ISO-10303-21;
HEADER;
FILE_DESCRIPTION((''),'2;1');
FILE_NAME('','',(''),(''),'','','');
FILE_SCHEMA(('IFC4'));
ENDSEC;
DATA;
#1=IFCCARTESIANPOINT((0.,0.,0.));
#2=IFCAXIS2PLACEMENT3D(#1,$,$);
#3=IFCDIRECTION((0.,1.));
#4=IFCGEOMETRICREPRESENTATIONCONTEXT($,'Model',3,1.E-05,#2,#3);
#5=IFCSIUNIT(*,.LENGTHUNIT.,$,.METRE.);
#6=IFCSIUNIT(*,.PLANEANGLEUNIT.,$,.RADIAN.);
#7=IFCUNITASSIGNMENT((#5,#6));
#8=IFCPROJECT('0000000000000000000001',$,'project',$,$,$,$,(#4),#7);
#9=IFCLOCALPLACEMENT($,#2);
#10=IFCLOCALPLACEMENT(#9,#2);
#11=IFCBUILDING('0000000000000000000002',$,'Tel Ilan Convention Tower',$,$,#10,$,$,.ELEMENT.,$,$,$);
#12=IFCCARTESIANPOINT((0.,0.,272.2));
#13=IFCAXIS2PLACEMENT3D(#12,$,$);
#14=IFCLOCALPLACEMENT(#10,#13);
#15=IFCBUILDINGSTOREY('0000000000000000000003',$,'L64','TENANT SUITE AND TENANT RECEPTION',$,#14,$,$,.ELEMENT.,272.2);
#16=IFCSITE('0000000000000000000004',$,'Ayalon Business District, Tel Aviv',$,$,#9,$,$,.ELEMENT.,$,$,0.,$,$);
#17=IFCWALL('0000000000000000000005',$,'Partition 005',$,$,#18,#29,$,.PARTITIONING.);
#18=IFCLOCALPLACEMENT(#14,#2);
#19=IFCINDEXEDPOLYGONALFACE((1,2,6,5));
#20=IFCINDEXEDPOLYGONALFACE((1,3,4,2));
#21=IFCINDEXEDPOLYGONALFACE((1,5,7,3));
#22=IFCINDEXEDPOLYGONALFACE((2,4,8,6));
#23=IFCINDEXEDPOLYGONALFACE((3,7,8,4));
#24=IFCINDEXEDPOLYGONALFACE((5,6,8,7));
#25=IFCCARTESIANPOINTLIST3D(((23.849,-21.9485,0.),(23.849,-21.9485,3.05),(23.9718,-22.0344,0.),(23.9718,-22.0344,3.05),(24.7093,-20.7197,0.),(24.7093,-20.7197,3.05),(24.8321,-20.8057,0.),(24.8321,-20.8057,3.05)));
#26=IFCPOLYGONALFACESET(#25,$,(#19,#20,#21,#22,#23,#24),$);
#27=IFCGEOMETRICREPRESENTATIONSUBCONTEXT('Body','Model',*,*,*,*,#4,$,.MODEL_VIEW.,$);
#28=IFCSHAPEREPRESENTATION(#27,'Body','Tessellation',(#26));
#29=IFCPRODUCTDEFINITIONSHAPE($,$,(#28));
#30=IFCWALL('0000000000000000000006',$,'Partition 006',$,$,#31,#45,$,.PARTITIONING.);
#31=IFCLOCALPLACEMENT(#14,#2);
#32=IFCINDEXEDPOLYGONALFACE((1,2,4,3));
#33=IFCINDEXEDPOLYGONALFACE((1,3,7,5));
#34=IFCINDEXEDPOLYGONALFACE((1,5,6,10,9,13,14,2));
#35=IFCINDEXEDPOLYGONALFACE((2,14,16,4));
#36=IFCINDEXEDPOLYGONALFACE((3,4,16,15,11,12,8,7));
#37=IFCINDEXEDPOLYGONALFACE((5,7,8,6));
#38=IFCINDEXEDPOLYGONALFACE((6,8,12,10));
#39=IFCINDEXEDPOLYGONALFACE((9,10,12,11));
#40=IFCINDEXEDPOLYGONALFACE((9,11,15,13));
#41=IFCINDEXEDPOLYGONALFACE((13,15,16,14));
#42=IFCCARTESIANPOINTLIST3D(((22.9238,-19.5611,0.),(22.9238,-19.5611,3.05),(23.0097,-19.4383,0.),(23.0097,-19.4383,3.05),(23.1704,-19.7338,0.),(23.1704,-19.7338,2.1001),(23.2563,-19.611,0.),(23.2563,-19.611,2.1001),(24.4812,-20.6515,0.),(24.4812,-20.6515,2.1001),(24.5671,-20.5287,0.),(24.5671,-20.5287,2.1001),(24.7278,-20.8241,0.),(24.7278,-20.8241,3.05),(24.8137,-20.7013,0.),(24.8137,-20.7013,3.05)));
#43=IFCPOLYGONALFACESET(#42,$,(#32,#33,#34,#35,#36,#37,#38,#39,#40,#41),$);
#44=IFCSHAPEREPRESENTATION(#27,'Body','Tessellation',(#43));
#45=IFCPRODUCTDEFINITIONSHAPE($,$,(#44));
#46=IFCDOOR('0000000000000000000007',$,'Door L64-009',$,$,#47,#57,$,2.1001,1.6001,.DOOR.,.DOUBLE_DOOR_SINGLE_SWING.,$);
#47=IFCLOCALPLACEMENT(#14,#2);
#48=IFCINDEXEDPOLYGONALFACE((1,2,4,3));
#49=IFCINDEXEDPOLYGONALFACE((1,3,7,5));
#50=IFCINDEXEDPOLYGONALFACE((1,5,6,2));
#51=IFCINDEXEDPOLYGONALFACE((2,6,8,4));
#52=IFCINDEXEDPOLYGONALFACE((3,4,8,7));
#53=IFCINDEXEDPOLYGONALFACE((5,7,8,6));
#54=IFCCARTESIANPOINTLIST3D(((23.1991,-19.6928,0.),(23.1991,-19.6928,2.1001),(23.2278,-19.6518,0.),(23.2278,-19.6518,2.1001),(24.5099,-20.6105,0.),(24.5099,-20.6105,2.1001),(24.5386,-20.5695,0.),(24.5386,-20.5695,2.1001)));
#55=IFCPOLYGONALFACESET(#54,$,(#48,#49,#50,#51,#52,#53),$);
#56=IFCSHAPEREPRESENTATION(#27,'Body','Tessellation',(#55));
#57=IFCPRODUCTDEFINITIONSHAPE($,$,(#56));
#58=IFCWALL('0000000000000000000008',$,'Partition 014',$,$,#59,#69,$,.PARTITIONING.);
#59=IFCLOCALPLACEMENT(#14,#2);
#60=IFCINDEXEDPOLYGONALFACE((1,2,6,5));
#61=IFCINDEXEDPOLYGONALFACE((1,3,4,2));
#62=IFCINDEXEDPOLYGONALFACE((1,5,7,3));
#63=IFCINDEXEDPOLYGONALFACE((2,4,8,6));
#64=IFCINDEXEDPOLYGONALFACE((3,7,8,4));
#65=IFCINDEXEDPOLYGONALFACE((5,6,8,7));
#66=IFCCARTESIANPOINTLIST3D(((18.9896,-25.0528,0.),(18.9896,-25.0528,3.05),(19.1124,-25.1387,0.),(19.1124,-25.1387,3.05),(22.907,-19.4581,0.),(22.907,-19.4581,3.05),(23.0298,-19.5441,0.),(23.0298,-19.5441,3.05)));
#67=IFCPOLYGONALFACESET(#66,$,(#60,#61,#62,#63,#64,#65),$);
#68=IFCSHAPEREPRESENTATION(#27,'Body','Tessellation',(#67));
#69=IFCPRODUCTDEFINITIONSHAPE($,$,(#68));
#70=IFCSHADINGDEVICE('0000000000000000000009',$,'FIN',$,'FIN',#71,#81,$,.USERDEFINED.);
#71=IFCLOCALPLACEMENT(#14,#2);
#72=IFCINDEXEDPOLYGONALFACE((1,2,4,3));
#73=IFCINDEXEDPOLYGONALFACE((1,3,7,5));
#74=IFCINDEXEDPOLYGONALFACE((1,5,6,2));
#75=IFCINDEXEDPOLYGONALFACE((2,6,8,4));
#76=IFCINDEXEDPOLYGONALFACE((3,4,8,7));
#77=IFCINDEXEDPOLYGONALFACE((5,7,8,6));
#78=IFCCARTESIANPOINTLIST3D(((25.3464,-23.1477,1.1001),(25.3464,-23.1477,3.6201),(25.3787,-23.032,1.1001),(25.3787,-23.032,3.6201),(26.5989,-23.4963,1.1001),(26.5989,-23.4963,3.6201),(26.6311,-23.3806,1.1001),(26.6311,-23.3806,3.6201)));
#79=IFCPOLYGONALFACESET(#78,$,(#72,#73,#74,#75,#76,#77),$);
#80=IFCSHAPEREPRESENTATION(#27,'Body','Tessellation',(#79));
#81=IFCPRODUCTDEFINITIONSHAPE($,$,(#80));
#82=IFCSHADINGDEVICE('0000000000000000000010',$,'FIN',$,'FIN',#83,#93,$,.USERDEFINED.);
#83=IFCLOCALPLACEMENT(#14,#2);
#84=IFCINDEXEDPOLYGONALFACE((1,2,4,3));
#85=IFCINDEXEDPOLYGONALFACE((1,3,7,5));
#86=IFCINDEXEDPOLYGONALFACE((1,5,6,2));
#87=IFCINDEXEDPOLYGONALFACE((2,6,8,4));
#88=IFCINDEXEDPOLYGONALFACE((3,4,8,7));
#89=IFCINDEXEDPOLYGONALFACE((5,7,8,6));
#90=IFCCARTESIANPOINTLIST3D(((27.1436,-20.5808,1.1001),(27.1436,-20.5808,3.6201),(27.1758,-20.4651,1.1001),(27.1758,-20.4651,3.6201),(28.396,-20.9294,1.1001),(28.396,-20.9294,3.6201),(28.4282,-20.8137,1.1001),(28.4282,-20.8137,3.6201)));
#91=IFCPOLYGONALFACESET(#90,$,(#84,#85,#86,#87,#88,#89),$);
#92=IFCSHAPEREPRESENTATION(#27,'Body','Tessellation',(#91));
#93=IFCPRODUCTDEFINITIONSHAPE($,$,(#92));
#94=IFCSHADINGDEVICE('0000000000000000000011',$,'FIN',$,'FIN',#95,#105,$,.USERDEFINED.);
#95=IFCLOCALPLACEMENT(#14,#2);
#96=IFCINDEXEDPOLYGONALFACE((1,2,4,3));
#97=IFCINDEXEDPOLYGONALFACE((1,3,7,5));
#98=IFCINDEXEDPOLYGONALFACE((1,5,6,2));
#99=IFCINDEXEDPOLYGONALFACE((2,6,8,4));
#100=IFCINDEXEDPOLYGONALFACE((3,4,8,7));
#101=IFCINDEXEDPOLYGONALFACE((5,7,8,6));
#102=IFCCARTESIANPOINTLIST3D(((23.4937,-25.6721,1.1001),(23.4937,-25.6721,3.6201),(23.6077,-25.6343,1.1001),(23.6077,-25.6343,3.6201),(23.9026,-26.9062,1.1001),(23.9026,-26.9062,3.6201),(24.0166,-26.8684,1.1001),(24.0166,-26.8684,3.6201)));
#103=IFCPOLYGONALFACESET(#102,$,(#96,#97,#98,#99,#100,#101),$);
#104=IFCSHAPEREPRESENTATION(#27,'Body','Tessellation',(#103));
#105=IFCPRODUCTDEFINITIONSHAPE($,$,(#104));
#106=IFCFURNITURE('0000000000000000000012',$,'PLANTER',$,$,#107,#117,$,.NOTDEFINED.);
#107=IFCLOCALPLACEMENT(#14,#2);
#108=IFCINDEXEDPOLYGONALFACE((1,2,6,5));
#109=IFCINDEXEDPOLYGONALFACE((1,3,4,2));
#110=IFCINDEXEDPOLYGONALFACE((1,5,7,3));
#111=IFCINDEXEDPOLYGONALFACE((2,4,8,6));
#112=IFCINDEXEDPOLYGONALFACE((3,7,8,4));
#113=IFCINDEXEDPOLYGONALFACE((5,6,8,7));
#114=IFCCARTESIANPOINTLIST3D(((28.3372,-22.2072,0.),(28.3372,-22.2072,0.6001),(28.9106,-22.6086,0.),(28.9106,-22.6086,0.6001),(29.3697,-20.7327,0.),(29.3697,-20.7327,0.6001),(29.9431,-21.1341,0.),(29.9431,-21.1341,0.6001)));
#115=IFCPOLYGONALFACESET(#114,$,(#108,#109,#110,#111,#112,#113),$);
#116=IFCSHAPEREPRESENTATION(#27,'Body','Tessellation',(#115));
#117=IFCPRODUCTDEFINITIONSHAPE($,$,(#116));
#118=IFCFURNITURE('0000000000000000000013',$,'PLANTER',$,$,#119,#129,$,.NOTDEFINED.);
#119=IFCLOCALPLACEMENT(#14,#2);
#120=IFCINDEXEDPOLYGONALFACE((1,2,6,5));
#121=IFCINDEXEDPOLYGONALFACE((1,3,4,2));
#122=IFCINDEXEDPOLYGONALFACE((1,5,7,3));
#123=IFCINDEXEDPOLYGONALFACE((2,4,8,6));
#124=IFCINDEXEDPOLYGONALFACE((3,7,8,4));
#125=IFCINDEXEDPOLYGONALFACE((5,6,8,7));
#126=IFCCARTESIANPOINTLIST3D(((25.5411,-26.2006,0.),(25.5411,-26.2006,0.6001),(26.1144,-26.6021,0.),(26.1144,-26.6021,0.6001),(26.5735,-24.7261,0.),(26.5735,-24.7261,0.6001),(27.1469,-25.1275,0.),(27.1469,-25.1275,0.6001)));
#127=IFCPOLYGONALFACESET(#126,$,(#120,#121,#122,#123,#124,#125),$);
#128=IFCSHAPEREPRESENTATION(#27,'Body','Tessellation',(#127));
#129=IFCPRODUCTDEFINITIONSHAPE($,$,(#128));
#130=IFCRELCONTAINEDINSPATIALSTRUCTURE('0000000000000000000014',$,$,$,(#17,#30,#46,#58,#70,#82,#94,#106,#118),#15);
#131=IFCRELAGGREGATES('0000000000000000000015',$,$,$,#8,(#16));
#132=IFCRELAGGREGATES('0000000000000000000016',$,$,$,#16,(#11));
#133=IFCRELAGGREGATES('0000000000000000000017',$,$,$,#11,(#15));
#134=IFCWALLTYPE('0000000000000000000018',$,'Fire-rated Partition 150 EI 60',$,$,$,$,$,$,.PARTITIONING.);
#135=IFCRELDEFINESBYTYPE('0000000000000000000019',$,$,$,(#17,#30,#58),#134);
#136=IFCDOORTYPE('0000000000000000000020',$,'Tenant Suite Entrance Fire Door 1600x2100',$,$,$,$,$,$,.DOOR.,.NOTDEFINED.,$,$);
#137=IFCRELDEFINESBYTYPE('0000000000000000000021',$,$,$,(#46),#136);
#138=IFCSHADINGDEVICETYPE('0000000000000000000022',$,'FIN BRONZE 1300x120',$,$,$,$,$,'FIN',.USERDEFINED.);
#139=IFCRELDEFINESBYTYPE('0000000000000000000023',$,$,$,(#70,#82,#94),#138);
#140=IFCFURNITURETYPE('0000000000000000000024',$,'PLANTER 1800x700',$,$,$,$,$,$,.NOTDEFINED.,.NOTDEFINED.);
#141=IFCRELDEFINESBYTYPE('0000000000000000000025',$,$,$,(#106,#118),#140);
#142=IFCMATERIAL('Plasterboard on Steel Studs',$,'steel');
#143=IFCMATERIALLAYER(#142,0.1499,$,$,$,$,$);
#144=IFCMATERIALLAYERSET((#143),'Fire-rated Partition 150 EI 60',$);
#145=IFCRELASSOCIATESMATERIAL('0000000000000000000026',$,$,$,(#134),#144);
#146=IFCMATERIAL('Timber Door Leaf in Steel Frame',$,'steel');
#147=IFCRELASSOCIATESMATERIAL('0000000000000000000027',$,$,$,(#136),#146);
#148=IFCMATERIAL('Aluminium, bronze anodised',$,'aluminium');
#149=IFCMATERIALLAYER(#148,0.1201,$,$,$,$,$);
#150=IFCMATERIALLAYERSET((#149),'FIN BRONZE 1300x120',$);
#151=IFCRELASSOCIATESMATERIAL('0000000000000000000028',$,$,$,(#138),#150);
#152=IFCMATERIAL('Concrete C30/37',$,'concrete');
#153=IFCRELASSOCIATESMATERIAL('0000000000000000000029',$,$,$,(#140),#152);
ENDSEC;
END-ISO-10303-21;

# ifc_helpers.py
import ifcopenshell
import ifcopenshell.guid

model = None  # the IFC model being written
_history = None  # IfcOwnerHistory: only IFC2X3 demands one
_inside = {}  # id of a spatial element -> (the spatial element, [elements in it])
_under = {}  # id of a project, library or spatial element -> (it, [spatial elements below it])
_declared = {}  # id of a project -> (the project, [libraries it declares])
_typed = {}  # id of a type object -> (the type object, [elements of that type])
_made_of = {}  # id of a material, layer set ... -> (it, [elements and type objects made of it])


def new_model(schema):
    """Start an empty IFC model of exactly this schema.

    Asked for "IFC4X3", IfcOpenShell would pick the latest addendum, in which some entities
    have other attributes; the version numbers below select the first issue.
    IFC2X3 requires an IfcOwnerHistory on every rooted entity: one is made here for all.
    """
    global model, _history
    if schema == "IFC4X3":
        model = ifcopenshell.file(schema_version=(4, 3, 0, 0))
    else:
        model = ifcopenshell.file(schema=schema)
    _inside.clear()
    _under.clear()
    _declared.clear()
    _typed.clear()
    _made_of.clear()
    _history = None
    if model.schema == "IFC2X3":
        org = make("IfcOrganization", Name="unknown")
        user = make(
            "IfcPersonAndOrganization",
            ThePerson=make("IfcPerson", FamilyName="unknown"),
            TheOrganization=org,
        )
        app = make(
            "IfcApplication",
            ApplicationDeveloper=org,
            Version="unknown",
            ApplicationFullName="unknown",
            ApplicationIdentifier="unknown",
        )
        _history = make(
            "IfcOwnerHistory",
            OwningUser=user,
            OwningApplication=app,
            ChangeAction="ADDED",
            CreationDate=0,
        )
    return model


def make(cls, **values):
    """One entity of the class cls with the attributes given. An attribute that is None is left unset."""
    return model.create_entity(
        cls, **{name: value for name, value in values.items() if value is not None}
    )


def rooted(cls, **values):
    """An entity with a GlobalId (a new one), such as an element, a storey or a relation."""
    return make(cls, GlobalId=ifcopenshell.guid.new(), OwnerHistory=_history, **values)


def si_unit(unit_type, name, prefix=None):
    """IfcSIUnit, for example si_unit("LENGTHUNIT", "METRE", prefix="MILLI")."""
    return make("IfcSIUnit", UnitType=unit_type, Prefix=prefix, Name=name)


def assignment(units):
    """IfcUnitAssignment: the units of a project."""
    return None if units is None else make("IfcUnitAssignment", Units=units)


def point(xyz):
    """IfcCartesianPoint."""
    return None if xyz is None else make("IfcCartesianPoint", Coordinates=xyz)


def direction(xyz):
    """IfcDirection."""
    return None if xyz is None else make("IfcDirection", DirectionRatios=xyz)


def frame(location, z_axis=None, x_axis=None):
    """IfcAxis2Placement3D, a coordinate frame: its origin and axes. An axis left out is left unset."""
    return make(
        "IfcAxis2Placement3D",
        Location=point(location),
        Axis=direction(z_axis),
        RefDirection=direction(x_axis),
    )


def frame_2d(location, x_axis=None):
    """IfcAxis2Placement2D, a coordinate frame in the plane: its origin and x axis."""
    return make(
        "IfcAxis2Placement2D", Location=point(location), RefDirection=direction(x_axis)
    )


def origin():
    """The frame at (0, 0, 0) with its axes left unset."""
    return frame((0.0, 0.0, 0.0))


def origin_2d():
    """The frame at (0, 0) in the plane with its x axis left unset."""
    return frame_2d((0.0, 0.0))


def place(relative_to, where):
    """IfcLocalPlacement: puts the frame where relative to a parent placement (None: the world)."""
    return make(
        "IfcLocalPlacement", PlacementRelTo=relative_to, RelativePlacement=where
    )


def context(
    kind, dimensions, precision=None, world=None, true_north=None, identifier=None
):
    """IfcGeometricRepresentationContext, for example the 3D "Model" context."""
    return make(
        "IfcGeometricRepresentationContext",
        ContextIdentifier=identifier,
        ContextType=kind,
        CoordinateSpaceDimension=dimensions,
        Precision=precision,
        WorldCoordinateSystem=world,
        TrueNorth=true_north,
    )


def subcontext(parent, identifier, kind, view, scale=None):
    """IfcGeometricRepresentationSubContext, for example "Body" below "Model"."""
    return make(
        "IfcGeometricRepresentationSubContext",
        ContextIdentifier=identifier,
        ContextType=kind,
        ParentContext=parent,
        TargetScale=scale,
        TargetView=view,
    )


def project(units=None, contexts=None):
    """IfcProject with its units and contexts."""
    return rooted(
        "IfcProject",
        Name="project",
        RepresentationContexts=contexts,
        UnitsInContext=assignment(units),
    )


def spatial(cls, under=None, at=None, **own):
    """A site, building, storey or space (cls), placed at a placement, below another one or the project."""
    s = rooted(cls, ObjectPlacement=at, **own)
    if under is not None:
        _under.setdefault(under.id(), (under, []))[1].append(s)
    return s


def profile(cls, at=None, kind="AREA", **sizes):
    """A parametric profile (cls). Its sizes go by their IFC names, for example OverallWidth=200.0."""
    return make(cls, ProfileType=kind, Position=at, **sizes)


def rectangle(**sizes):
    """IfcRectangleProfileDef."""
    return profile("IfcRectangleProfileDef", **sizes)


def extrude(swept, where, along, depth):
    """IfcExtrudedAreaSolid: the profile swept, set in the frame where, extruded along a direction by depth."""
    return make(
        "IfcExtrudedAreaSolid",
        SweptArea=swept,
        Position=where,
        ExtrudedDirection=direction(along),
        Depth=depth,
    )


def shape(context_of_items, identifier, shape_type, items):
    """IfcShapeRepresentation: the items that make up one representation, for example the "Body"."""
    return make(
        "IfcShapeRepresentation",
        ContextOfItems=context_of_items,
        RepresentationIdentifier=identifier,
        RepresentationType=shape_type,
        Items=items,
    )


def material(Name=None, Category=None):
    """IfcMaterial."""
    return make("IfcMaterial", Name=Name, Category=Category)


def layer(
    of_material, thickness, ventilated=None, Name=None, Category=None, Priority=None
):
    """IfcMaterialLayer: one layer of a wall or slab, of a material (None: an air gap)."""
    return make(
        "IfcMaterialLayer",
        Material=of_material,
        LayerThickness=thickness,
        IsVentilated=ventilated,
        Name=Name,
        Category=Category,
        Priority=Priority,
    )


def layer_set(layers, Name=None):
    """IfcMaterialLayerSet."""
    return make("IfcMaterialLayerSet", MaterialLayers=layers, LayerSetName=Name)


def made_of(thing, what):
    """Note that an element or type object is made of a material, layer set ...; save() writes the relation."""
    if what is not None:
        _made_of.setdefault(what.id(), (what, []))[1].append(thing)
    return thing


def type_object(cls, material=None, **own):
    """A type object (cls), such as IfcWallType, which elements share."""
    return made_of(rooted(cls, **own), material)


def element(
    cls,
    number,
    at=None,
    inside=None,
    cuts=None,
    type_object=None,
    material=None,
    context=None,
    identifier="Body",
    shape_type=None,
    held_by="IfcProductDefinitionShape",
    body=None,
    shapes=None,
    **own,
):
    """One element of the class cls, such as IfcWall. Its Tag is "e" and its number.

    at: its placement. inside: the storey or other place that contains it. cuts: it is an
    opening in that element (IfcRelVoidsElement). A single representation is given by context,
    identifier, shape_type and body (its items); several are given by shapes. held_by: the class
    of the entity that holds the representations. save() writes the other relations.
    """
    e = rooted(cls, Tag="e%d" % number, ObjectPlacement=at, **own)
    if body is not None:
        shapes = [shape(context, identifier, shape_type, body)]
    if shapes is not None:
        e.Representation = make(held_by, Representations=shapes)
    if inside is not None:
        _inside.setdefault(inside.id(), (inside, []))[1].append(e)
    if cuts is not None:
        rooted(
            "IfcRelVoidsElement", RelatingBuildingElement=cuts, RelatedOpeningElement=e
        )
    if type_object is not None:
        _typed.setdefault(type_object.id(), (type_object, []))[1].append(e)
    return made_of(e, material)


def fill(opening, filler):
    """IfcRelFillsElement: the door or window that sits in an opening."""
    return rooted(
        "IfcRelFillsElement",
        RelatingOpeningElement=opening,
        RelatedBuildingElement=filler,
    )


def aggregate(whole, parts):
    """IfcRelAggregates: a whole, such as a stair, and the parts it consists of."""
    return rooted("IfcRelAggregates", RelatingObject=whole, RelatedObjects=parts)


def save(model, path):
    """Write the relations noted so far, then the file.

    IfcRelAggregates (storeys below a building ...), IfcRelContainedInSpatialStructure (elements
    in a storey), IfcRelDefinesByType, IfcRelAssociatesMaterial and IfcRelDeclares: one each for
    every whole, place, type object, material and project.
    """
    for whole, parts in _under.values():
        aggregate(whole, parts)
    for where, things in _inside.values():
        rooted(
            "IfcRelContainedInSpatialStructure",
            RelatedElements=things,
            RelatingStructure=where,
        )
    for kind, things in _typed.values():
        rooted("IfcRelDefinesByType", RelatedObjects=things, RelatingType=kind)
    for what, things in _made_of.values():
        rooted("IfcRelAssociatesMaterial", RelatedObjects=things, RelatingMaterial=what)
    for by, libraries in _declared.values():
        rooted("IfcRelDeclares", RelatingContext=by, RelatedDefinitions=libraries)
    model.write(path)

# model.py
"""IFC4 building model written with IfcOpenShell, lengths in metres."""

from ifc_helpers import new_model, si_unit, direction, frame, frame_2d, origin, origin_2d, place, context, subcontext, project, spatial, rectangle, extrude, material, layer, layer_set, type_object, element, fill, save


model = new_model("IFC4")

# Units and contexts
model_context = context("Model", 3, precision=1e-05, world=origin(), true_north=direction((0.0, 1.0)))
body_context = subcontext(model_context, "Body", "Model", "MODEL_VIEW")
ifc_project = project(units=[si_unit("LENGTHUNIT", "METRE"), si_unit("PLANEANGLEUNIT", "RADIAN")], contexts=[model_context])

# Site, building, storey
site_placement = place(None, origin())
site = spatial("IfcSite", under=ifc_project, at=site_placement, Name="Ayalon Business District, Tel Aviv", CompositionType="ELEMENT", RefElevation=0.0)
building_placement = place(site_placement, origin())
building = spatial("IfcBuilding", under=site, at=building_placement, Name="Tel Ilan Convention Tower", CompositionType="ELEMENT")
storey_placement = place(building_placement, frame((0.0, 0.0, 272.2)))
storey = spatial("IfcBuildingStorey", under=building, at=storey_placement, Name="L64", Description="TENANT SUITE AND TENANT RECEPTION", CompositionType="ELEMENT", Elevation=272.2)

# Shared definitions
ifc_material_1 = material(Name="Plasterboard on Steel Studs", Category="steel")
ifc_layer_1 = layer(ifc_material_1, 0.1499)
ifc_layer_set_1 = layer_set([ifc_layer_1], Name="Fire-rated Partition 150 EI 60")
wall_type_1 = type_object("IfcWallType", Name="Fire-rated Partition 150 EI 60", PredefinedType="PARTITIONING", material=ifc_layer_set_1)
ifc_material_2 = material(Name="Timber Door Leaf in Steel Frame", Category="steel")
door_type_1 = type_object("IfcDoorType", Name="Tenant Suite Entrance Fire Door 1600x2100", OperationType="NOTDEFINED", PredefinedType="DOOR", material=ifc_material_2)

# Wall
wall_1_placement = place(storey_placement, frame((23.9104, -21.9915, 0.0), z_axis=(0.0, 0.0, 1.0), x_axis=(0.573561, 0.819163, 0.0)))
element("IfcWall", 1, at=wall_1_placement, inside=storey, type_object=wall_type_1, Name="Partition 005", PredefinedType="PARTITIONING", context=body_context, shape_type="SweptSolid", body=[
    extrude(rectangle(XDim=1.5, YDim=0.1499, at=frame_2d((0.75, 0.0))), origin(), (0.0, 0.0, 1.0), 3.05),
])

# Wall, opening, door
wall_2_placement = place(storey_placement, frame((24.7708, -20.7627, 0.0), z_axis=(0.0, 0.0, 1.0), x_axis=(-0.819195, 0.573514, 0.0)))
wall_2 = element("IfcWall", 2, at=wall_2_placement, inside=storey, type_object=wall_type_1, Name="Partition 006", PredefinedType="PARTITIONING", context=body_context, shape_type="SweptSolid", body=[
    extrude(rectangle(XDim=2.2021, YDim=0.1499, at=frame_2d((1.1011, 0.0))), origin(), (0.0, 0.0, 1.0), 3.05),
])
opening_1_placement = place(wall_2_placement, frame((0.301, 0.0, 0.0)))
opening_1 = element("IfcOpeningElement", 3, at=opening_1_placement, cuts=wall_2, PredefinedType="OPENING", context=body_context, shape_type="SweptSolid", body=[
    extrude(rectangle(XDim=1.6001, YDim=2.1001, at=frame_2d((0.8, 1.05))), frame((0.0, 0.085, 0.0), z_axis=(0.0, -1.0, 0.0), x_axis=(1.0, 0.0, 0.0)), (0.0, 0.0, 1.0), 0.1699),
])
door_1_placement = place(opening_1_placement, origin())
door_1 = element("IfcDoor", 4, at=door_1_placement, inside=storey, type_object=door_type_1, Name="Door L64-009", OperationType="DOUBLE_DOOR_SINGLE_SWING", OverallHeight=2.1001, OverallWidth=1.6001, PredefinedType="DOOR", context=body_context, shape_type="SweptSolid", body=[
    extrude(rectangle(XDim=1.6001, YDim=2.1001, at=frame_2d((0.8, 1.05))), frame((0.0, 0.0249, 0.0), z_axis=(0.0, -1.0, 0.0), x_axis=(1.0, 0.0, 0.0)), (0.0, 0.0, 1.0), 0.05),
])
fill(opening_1, door_1)

# Wall
wall_3_placement = place(storey_placement, frame((22.9685, -19.501, 0.0), z_axis=(0.0, 0.0, 1.0), x_axis=(-0.573577, -0.819151, 0.0)))
element("IfcWall", 5, at=wall_3_placement, inside=storey, type_object=wall_type_1, Name="Partition 014", PredefinedType="PARTITIONING", context=body_context, shape_type="SweptSolid", body=[
    extrude(rectangle(XDim=6.8298, YDim=0.1499, at=frame_2d((3.415, 0.0))), origin(), (0.0, 0.0, 1.0), 3.05),
])

# Shading devices
ifc_material_3 = material(Name="Aluminium, bronze anodised", Category="aluminium")
ifc_layer_2 = layer(ifc_material_3, 0.1201)
ifc_layer_set_2 = layer_set([ifc_layer_2], Name="FIN BRONZE 1300x120")
shading_device_type = type_object("IfcShadingDeviceType", Name="FIN BRONZE 1300x120", ElementType="FIN", PredefinedType="USERDEFINED", material=ifc_layer_set_2)
for number, where, z_axis, x_axis, name in (
    (6, (25.9888, -23.2642, 1.1001), (0.0, 0.0, 1.0), (0.963371, -0.268173, 0.0), "FIN"),
    (7, (27.7859, -20.6973, 1.1001), (0.0, 0.0, 1.0), (0.963371, -0.268173, 0.0), "FIN"),
    (8, (23.7551, -26.2703, 1.1001), (0.0, 0.0, 1.0), (0.314545, -0.949243, 0.0), "FIN"),
):
    element("IfcShadingDevice", number, at=place(storey_placement, frame(where, z_axis=z_axis, x_axis=x_axis)), inside=storey, type_object=shading_device_type, Name=name, ObjectType="FIN", PredefinedType="USERDEFINED", context=body_context, shape_type="SweptSolid", body=[
        extrude(rectangle(XDim=1.3, YDim=0.1201, at=origin_2d()), origin(), (0.0, 0.0, 1.0), 2.52),
    ])

# Furniture
ifc_material_4 = material(Name="Concrete C30/37", Category="concrete")
furniture_type = type_object("IfcFurnitureType", Name="PLANTER 1800x700", AssemblyPlace="NOTDEFINED", PredefinedType="NOTDEFINED", material=ifc_material_4)
for number, where, z_axis, x_axis, name in (
    (9, (29.1401, -21.6707, 0.0), (0.0, 0.0, 1.0), (-0.573576, -0.819152, 0.0), "PLANTER"),
    (10, (26.344, -25.6641, 0.0), (0.0, 0.0, 1.0), (-0.573576, -0.819152, 0.0), "PLANTER"),
):
    element("IfcFurniture", number, at=place(storey_placement, frame(where, z_axis=z_axis, x_axis=x_axis)), inside=storey, type_object=furniture_type, Name=name, PredefinedType="NOTDEFINED", context=body_context, shape_type="SweptSolid", body=[
        extrude(rectangle(XDim=1.8, YDim=0.7, at=origin_2d()), origin(), (0.0, 0.0, 1.0), 0.6001),
    ])

save(model, "model.ifc")
